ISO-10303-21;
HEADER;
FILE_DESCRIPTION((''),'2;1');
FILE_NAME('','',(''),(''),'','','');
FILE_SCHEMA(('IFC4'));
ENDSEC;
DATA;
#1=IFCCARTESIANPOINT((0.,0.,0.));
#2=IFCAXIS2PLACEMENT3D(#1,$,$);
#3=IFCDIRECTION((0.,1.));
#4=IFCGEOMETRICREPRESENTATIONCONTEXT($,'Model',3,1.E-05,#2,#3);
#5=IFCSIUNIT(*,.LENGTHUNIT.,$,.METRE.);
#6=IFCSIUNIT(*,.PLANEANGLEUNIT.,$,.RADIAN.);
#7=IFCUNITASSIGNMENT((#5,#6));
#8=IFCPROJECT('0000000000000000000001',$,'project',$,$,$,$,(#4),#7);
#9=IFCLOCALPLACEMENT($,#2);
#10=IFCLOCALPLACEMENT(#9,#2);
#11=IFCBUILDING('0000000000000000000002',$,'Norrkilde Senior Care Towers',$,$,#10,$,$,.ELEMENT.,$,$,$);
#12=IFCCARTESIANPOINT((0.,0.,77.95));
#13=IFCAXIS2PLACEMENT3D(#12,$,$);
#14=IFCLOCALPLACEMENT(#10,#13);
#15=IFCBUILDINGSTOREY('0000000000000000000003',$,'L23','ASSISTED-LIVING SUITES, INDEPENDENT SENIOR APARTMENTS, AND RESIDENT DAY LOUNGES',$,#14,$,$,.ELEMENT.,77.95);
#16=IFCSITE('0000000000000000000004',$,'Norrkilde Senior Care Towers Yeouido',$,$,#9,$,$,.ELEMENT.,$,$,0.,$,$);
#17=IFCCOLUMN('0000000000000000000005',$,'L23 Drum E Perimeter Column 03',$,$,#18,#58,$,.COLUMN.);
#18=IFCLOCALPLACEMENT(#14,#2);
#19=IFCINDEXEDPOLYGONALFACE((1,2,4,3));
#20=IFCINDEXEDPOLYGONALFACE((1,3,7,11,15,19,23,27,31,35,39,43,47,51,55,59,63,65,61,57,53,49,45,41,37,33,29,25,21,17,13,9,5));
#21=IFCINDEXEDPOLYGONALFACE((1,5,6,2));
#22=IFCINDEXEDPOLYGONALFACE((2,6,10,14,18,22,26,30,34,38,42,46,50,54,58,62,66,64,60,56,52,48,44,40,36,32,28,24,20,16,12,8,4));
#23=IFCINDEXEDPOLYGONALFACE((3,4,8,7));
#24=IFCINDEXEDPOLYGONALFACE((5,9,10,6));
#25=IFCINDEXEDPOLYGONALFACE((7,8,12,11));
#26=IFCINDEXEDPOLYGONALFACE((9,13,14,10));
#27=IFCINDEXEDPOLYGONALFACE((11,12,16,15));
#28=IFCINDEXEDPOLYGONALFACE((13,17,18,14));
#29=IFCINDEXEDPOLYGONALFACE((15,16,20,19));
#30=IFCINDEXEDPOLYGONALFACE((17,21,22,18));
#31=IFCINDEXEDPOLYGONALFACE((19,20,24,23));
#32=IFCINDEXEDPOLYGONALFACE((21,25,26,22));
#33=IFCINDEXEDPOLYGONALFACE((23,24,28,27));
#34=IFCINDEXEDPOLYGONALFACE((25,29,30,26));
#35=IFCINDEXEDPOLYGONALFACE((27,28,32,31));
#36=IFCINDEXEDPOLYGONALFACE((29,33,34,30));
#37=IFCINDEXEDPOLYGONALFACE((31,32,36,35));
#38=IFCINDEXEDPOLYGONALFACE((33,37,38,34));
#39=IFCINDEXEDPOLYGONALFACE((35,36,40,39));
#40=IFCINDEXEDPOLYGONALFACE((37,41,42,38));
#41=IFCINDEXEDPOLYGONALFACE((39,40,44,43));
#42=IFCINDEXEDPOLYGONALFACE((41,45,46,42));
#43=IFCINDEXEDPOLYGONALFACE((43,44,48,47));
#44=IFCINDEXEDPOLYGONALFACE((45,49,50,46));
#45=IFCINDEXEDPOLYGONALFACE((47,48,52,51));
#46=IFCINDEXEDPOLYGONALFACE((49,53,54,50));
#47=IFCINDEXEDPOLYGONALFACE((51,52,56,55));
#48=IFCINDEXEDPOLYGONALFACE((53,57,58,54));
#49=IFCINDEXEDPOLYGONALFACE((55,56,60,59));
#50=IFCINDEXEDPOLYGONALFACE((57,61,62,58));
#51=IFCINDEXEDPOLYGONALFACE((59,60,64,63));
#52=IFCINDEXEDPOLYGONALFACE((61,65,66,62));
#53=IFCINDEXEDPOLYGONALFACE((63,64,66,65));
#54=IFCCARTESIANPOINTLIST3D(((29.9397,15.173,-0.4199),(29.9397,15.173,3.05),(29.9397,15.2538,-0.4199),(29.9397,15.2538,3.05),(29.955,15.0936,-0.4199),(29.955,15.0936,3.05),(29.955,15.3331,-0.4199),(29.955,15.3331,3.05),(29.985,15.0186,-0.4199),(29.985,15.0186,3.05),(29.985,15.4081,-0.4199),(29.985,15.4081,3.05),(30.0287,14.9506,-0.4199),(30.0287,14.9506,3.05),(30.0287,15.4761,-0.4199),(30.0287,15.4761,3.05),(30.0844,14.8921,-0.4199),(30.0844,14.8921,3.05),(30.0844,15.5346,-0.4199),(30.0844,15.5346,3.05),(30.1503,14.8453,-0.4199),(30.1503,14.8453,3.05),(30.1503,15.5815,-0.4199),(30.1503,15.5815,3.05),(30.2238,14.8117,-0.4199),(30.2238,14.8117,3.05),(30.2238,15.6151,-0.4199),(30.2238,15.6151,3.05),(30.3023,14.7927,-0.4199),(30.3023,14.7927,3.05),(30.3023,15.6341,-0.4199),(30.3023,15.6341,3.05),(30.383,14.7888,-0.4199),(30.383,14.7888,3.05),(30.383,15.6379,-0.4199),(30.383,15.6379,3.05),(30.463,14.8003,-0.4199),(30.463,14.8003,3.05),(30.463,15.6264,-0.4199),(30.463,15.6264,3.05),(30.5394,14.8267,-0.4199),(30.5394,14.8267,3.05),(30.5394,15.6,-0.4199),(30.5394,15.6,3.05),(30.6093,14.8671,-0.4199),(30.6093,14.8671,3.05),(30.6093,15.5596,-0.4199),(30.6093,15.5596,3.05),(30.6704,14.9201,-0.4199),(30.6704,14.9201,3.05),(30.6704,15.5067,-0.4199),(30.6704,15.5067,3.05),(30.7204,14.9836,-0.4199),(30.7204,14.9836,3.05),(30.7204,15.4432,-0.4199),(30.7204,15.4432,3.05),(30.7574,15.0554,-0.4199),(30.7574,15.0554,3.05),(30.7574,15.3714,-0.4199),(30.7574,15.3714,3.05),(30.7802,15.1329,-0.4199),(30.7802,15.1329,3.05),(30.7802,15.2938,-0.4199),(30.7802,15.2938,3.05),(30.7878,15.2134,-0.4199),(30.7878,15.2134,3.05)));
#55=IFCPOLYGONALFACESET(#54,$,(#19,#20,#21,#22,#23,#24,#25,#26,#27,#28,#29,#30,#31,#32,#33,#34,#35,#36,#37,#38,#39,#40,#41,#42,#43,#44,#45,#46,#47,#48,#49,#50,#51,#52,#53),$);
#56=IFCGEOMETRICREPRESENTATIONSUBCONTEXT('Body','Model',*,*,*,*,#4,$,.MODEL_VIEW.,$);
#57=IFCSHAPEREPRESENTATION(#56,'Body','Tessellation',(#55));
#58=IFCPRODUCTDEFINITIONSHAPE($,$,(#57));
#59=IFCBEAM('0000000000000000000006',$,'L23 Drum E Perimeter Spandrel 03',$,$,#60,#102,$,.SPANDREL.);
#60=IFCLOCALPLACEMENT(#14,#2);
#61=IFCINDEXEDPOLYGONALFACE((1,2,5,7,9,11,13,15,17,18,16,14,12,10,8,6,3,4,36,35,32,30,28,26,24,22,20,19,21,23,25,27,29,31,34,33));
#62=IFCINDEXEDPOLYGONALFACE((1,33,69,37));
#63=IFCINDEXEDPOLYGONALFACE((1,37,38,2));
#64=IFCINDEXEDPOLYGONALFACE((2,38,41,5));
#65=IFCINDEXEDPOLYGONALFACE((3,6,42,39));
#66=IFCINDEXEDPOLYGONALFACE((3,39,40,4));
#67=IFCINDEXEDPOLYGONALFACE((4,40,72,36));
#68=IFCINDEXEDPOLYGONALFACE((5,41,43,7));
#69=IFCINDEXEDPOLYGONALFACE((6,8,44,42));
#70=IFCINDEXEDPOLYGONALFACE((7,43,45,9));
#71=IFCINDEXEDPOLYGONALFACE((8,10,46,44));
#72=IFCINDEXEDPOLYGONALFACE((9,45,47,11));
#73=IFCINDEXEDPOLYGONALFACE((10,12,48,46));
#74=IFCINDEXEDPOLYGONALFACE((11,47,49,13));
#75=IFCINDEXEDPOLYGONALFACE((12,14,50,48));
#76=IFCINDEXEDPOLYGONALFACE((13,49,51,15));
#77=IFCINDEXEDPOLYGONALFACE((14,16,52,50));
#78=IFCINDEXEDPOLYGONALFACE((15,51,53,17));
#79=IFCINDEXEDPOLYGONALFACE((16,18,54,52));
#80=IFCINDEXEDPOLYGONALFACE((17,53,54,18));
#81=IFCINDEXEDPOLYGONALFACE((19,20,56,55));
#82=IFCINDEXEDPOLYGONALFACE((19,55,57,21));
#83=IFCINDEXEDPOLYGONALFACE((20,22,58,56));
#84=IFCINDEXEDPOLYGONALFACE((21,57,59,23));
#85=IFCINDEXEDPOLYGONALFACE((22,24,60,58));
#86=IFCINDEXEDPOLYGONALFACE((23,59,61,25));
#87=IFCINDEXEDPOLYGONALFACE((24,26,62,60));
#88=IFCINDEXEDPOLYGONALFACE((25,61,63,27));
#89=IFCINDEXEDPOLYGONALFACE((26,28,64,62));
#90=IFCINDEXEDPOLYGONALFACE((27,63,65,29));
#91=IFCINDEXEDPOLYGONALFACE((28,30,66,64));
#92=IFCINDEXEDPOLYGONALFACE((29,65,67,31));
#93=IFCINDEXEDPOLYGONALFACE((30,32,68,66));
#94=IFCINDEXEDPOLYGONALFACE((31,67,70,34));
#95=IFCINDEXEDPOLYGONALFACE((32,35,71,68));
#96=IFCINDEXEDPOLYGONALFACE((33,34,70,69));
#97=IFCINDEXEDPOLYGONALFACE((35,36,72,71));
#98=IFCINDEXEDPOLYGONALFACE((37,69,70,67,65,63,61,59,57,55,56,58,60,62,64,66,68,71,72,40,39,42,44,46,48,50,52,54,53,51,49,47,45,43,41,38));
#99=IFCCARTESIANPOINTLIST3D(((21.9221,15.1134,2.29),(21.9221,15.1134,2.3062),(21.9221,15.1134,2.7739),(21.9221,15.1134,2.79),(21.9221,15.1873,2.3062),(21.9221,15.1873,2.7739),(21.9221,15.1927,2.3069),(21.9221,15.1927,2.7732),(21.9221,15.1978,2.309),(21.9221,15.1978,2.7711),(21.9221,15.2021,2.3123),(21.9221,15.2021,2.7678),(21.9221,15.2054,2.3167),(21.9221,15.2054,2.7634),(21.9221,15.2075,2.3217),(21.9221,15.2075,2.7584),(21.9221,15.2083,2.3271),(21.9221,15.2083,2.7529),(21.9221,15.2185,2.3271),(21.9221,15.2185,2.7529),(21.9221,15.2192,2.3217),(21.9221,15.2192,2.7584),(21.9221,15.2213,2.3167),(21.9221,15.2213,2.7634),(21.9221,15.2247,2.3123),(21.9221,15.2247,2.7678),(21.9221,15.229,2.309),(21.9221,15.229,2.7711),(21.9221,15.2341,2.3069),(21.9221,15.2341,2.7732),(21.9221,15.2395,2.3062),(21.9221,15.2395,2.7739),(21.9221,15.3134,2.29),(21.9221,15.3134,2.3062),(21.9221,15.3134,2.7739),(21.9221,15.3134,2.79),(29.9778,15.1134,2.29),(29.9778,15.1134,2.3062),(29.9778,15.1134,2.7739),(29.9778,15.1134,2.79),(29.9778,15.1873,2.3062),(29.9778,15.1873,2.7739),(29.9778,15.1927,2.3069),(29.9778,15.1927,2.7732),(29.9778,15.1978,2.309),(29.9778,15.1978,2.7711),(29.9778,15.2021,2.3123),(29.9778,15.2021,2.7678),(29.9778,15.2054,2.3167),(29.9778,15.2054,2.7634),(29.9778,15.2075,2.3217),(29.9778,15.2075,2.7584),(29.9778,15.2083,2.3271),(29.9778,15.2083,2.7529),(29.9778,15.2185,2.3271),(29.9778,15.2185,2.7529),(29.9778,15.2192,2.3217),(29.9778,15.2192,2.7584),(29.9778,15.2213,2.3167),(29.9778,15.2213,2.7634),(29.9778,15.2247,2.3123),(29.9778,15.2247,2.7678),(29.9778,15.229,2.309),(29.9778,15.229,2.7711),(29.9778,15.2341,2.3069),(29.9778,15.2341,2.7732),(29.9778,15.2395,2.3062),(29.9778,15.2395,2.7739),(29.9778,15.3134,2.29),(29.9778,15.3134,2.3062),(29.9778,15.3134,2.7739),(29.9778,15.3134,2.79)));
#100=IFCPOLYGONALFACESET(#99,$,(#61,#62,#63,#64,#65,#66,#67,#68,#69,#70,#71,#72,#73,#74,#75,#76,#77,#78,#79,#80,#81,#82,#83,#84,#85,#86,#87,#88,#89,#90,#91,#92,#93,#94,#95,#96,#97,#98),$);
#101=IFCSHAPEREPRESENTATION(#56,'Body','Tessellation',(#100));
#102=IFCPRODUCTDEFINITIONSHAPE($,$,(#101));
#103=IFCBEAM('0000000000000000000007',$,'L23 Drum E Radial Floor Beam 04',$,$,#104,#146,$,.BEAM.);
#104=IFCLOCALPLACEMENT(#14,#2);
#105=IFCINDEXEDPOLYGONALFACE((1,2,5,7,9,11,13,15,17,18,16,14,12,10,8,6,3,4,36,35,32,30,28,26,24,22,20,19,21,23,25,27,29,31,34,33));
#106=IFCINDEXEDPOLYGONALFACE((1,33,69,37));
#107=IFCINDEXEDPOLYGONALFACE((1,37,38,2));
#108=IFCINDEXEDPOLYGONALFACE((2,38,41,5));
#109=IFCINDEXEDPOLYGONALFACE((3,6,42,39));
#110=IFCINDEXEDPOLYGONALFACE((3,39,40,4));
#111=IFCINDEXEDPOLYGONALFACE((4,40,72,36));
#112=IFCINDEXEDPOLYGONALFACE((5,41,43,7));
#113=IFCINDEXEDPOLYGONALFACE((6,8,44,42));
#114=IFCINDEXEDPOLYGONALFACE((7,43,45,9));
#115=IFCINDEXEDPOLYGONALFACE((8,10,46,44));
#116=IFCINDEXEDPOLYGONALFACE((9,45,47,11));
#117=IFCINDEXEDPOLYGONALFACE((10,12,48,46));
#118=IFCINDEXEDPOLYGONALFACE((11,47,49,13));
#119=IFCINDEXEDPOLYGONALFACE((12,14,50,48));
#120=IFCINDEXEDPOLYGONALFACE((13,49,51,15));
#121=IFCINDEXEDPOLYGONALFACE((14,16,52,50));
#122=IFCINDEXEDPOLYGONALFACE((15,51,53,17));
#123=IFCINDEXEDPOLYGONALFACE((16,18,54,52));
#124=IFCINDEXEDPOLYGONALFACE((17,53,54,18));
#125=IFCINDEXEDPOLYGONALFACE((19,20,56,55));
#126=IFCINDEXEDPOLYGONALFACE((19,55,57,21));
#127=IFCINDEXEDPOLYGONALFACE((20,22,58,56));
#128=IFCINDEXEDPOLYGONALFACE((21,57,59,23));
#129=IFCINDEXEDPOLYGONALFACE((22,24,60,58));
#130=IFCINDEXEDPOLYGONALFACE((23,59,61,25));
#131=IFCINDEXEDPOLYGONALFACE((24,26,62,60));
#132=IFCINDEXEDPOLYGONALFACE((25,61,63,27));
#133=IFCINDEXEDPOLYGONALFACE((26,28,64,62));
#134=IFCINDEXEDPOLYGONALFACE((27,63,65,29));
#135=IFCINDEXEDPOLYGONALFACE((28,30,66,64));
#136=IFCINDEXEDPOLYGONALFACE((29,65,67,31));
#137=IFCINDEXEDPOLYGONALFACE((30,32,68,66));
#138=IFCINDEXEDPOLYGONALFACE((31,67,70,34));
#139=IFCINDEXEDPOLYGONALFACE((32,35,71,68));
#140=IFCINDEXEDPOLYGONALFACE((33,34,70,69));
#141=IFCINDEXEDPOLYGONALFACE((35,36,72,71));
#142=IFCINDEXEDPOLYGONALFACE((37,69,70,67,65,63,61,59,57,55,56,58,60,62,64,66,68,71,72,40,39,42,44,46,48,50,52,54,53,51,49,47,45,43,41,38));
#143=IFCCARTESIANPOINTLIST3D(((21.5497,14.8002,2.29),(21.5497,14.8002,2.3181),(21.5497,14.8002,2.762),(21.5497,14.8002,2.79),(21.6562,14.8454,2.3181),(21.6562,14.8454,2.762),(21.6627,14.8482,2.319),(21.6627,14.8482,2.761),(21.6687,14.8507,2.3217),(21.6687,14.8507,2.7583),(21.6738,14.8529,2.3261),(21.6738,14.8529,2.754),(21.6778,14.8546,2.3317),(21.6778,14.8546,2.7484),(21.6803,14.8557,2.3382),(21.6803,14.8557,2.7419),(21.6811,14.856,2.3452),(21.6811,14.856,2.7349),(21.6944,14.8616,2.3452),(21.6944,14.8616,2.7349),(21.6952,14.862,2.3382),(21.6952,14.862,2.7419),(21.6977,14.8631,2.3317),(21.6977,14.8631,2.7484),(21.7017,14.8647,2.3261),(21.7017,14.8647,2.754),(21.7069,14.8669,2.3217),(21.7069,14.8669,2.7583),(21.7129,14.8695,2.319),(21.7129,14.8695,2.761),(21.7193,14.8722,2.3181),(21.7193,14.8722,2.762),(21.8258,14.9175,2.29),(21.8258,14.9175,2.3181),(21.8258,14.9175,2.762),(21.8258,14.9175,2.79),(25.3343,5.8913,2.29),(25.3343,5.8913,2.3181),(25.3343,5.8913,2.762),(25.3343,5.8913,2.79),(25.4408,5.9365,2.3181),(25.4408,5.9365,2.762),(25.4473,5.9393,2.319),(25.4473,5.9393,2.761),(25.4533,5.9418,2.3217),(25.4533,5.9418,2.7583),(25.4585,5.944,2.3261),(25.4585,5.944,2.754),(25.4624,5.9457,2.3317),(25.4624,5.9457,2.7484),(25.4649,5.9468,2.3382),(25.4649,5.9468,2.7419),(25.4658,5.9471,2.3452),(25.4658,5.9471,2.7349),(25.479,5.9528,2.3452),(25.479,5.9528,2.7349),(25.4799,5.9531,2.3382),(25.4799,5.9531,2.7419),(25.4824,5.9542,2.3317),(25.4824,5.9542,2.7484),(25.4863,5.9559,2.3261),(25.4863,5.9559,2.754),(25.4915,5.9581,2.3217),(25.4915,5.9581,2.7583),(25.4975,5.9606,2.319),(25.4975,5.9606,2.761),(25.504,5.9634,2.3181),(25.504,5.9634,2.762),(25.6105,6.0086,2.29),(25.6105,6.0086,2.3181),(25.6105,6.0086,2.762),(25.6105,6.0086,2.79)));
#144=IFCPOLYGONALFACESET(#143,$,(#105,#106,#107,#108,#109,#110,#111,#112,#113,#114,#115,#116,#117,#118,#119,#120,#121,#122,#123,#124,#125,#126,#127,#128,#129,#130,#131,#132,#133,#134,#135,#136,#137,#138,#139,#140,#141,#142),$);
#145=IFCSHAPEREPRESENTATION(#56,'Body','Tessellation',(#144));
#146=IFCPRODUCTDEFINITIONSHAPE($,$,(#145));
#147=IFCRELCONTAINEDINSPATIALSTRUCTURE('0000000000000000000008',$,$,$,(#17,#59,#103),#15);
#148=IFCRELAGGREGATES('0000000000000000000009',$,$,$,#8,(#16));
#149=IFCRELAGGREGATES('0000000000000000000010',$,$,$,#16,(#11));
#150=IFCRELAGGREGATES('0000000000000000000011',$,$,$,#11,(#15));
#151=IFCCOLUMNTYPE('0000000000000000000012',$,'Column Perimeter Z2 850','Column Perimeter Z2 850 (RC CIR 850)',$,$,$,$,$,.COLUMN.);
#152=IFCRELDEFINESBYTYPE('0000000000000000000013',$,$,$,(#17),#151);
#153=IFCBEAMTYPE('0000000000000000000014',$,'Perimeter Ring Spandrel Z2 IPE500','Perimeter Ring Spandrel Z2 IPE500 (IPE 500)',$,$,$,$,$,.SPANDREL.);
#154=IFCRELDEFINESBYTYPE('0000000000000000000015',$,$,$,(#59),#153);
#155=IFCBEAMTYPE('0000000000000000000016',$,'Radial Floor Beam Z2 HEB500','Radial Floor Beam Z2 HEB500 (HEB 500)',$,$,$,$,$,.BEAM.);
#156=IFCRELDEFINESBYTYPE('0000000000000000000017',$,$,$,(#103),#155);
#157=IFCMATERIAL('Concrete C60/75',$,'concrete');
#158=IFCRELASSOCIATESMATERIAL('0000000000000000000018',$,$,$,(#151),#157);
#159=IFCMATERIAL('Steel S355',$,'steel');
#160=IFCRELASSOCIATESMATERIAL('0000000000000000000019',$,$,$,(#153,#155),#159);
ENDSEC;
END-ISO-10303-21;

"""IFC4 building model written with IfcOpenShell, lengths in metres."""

from ifc_helpers import new_model, si_unit, direction, frame, origin, origin_2d, place, context, subcontext, project, spatial, circle, i_section, extrude, source, transform, mapped, material, material_profile, profile_set, type_object, type_shapes, element, save


model = new_model("IFC4")

# Units and contexts
model_context = context("Model", 3, precision=1e-05, world=origin(), true_north=direction((0.0, 1.0)))
body_context = subcontext(model_context, "Body", "Model", "MODEL_VIEW")
ifc_project = project(units=[si_unit("LENGTHUNIT", "METRE"), si_unit("PLANEANGLEUNIT", "RADIAN")], contexts=[model_context])

# Site, building, storey
site_placement = place(None, origin())
site = spatial("IfcSite", under=ifc_project, at=site_placement, Name="Norrkilde Senior Care Towers Yeouido", CompositionType="ELEMENT", RefElevation=0.0)
building_placement = place(site_placement, origin())
building = spatial("IfcBuilding", under=site, at=building_placement, Name="Norrkilde Senior Care Towers", CompositionType="ELEMENT")
storey_placement = place(building_placement, frame((0.0, 0.0, 77.95)))
storey = spatial("IfcBuildingStorey", under=building, at=storey_placement, Name="L23", Description="ASSISTED-LIVING SUITES, INDEPENDENT SENIOR APARTMENTS, AND RESIDENT DAY LOUNGES", CompositionType="ELEMENT", Elevation=77.95)

# Column
ifc_material_1 = material(Name="Concrete C60/75", Category="concrete")
ifc_material_profile_1 = material_profile(ifc_material_1, circle(Radius=0.425, at=origin_2d()), Name="RC CIR 850")
ifc_profile_set_1 = profile_set([ifc_material_profile_1], Name="Concrete C60/75")
column_type = type_object("IfcColumnType", Name="Column Perimeter Z2 850", Description="Column Perimeter Z2 850 (RC CIR 850)", PredefinedType="COLUMN", material=ifc_profile_set_1)
shared_shape_1 = source(origin(), body_context, "Body", "SweptSolid", [
    extrude(circle(Radius=0.425, at=origin_2d()), origin(), (0.0, 0.0, 1.0), 3.47),
])
type_shapes(column_type, [shared_shape_1])
column_placement = place(storey_placement, frame((30.3628, 15.2134, -0.4199), z_axis=(0.0, 0.0, 1.0), x_axis=(1.0, 0.0, 0.0)))
element("IfcColumn", 1, at=column_placement, inside=storey, type_object=column_type, Name="L23 Drum E Perimeter Column 03", PredefinedType="COLUMN", context=body_context, shape_type="MappedRepresentation", body=[
    mapped(shared_shape_1, transform((0.0, 0.0, 0.0), x_axis=(1.0, 0.0, 0.0), y_axis=(0.0, 1.0, 0.0), z_axis=(0.0, 0.0, 1.0), scale=1.0)),
])

# Beams
ifc_material_2 = material(Name="Steel S355", Category="steel")
ifc_material_profile_2 = material_profile(ifc_material_2, i_section(OverallWidth=0.2, OverallDepth=0.5, WebThickness=0.0103, FlangeThickness=0.0161, FilletRadius=0.021, at=origin_2d()), Name="IPE 500")
ifc_profile_set_2 = profile_set([ifc_material_profile_2], Name="Steel S355")
beam_type_1 = type_object("IfcBeamType", Name="Perimeter Ring Spandrel Z2 IPE500", Description="Perimeter Ring Spandrel Z2 IPE500 (IPE 500)", PredefinedType="SPANDREL", material=ifc_profile_set_2)
shared_shape_2 = source(origin(), body_context, "Body", "SweptSolid", [
    extrude(i_section(OverallWidth=0.2, OverallDepth=0.5, WebThickness=0.0103, FlangeThickness=0.0161, FilletRadius=0.021, at=origin_2d()), origin(), (0.0, 0.0, 1.0), 8.0557),
])
type_shapes(beam_type_1, [shared_shape_2])
beam_1_placement = place(storey_placement, frame((29.9778, 15.2134, 2.54), z_axis=(-1.0, 0.0, 0.0), x_axis=(0.0, -1.0, 0.0)))
element("IfcBeam", 2, at=beam_1_placement, inside=storey, type_object=beam_type_1, Name="L23 Drum E Perimeter Spandrel 03", PredefinedType="SPANDREL", context=body_context, shape_type="MappedRepresentation", body=[
    mapped(shared_shape_2, transform((0.0, 0.0, 0.0), x_axis=(1.0, 0.0, 0.0), y_axis=(0.0, 1.0, 0.0), z_axis=(0.0, 0.0, 1.0), scale=1.0)),
])
ifc_material_profile_3 = material_profile(ifc_material_2, i_section(OverallWidth=0.3, OverallDepth=0.5, WebThickness=0.0144, FlangeThickness=0.0281, FilletRadius=0.0271, at=origin_2d()), Name="HEB 500")
ifc_profile_set_3 = profile_set([ifc_material_profile_3], Name="Steel S355")
beam_type_2 = type_object("IfcBeamType", Name="Radial Floor Beam Z2 HEB500", Description="Radial Floor Beam Z2 HEB500 (HEB 500)", PredefinedType="BEAM", material=ifc_profile_set_3)
shared_shape_3 = source(origin(), body_context, "Body", "SweptSolid", [
    extrude(i_section(OverallWidth=0.3, OverallDepth=0.5, WebThickness=0.0144, FlangeThickness=0.0281, FilletRadius=0.0271, at=origin_2d()), origin(), (0.0, 0.0, 1.0), 9.6794),
])
beam_2_placement = place(storey_placement, frame((25.4724, 5.95, 2.54), z_axis=(-0.390998, 0.920392, 0.0), x_axis=(-0.920392, -0.390998, 0.0)))
element("IfcBeam", 3, at=beam_2_placement, inside=storey, type_object=beam_type_2, Name="L23 Drum E Radial Floor Beam 04", PredefinedType="BEAM", context=body_context, shape_type="MappedRepresentation", body=[
    mapped(shared_shape_3, transform((0.0, 0.0, 0.0), x_axis=(1.0, 0.0, 0.0), y_axis=(0.0, 1.0, 0.0), z_axis=(0.0, 0.0, 1.0), scale=1.0)),
])

save(model, "model.ifc")
